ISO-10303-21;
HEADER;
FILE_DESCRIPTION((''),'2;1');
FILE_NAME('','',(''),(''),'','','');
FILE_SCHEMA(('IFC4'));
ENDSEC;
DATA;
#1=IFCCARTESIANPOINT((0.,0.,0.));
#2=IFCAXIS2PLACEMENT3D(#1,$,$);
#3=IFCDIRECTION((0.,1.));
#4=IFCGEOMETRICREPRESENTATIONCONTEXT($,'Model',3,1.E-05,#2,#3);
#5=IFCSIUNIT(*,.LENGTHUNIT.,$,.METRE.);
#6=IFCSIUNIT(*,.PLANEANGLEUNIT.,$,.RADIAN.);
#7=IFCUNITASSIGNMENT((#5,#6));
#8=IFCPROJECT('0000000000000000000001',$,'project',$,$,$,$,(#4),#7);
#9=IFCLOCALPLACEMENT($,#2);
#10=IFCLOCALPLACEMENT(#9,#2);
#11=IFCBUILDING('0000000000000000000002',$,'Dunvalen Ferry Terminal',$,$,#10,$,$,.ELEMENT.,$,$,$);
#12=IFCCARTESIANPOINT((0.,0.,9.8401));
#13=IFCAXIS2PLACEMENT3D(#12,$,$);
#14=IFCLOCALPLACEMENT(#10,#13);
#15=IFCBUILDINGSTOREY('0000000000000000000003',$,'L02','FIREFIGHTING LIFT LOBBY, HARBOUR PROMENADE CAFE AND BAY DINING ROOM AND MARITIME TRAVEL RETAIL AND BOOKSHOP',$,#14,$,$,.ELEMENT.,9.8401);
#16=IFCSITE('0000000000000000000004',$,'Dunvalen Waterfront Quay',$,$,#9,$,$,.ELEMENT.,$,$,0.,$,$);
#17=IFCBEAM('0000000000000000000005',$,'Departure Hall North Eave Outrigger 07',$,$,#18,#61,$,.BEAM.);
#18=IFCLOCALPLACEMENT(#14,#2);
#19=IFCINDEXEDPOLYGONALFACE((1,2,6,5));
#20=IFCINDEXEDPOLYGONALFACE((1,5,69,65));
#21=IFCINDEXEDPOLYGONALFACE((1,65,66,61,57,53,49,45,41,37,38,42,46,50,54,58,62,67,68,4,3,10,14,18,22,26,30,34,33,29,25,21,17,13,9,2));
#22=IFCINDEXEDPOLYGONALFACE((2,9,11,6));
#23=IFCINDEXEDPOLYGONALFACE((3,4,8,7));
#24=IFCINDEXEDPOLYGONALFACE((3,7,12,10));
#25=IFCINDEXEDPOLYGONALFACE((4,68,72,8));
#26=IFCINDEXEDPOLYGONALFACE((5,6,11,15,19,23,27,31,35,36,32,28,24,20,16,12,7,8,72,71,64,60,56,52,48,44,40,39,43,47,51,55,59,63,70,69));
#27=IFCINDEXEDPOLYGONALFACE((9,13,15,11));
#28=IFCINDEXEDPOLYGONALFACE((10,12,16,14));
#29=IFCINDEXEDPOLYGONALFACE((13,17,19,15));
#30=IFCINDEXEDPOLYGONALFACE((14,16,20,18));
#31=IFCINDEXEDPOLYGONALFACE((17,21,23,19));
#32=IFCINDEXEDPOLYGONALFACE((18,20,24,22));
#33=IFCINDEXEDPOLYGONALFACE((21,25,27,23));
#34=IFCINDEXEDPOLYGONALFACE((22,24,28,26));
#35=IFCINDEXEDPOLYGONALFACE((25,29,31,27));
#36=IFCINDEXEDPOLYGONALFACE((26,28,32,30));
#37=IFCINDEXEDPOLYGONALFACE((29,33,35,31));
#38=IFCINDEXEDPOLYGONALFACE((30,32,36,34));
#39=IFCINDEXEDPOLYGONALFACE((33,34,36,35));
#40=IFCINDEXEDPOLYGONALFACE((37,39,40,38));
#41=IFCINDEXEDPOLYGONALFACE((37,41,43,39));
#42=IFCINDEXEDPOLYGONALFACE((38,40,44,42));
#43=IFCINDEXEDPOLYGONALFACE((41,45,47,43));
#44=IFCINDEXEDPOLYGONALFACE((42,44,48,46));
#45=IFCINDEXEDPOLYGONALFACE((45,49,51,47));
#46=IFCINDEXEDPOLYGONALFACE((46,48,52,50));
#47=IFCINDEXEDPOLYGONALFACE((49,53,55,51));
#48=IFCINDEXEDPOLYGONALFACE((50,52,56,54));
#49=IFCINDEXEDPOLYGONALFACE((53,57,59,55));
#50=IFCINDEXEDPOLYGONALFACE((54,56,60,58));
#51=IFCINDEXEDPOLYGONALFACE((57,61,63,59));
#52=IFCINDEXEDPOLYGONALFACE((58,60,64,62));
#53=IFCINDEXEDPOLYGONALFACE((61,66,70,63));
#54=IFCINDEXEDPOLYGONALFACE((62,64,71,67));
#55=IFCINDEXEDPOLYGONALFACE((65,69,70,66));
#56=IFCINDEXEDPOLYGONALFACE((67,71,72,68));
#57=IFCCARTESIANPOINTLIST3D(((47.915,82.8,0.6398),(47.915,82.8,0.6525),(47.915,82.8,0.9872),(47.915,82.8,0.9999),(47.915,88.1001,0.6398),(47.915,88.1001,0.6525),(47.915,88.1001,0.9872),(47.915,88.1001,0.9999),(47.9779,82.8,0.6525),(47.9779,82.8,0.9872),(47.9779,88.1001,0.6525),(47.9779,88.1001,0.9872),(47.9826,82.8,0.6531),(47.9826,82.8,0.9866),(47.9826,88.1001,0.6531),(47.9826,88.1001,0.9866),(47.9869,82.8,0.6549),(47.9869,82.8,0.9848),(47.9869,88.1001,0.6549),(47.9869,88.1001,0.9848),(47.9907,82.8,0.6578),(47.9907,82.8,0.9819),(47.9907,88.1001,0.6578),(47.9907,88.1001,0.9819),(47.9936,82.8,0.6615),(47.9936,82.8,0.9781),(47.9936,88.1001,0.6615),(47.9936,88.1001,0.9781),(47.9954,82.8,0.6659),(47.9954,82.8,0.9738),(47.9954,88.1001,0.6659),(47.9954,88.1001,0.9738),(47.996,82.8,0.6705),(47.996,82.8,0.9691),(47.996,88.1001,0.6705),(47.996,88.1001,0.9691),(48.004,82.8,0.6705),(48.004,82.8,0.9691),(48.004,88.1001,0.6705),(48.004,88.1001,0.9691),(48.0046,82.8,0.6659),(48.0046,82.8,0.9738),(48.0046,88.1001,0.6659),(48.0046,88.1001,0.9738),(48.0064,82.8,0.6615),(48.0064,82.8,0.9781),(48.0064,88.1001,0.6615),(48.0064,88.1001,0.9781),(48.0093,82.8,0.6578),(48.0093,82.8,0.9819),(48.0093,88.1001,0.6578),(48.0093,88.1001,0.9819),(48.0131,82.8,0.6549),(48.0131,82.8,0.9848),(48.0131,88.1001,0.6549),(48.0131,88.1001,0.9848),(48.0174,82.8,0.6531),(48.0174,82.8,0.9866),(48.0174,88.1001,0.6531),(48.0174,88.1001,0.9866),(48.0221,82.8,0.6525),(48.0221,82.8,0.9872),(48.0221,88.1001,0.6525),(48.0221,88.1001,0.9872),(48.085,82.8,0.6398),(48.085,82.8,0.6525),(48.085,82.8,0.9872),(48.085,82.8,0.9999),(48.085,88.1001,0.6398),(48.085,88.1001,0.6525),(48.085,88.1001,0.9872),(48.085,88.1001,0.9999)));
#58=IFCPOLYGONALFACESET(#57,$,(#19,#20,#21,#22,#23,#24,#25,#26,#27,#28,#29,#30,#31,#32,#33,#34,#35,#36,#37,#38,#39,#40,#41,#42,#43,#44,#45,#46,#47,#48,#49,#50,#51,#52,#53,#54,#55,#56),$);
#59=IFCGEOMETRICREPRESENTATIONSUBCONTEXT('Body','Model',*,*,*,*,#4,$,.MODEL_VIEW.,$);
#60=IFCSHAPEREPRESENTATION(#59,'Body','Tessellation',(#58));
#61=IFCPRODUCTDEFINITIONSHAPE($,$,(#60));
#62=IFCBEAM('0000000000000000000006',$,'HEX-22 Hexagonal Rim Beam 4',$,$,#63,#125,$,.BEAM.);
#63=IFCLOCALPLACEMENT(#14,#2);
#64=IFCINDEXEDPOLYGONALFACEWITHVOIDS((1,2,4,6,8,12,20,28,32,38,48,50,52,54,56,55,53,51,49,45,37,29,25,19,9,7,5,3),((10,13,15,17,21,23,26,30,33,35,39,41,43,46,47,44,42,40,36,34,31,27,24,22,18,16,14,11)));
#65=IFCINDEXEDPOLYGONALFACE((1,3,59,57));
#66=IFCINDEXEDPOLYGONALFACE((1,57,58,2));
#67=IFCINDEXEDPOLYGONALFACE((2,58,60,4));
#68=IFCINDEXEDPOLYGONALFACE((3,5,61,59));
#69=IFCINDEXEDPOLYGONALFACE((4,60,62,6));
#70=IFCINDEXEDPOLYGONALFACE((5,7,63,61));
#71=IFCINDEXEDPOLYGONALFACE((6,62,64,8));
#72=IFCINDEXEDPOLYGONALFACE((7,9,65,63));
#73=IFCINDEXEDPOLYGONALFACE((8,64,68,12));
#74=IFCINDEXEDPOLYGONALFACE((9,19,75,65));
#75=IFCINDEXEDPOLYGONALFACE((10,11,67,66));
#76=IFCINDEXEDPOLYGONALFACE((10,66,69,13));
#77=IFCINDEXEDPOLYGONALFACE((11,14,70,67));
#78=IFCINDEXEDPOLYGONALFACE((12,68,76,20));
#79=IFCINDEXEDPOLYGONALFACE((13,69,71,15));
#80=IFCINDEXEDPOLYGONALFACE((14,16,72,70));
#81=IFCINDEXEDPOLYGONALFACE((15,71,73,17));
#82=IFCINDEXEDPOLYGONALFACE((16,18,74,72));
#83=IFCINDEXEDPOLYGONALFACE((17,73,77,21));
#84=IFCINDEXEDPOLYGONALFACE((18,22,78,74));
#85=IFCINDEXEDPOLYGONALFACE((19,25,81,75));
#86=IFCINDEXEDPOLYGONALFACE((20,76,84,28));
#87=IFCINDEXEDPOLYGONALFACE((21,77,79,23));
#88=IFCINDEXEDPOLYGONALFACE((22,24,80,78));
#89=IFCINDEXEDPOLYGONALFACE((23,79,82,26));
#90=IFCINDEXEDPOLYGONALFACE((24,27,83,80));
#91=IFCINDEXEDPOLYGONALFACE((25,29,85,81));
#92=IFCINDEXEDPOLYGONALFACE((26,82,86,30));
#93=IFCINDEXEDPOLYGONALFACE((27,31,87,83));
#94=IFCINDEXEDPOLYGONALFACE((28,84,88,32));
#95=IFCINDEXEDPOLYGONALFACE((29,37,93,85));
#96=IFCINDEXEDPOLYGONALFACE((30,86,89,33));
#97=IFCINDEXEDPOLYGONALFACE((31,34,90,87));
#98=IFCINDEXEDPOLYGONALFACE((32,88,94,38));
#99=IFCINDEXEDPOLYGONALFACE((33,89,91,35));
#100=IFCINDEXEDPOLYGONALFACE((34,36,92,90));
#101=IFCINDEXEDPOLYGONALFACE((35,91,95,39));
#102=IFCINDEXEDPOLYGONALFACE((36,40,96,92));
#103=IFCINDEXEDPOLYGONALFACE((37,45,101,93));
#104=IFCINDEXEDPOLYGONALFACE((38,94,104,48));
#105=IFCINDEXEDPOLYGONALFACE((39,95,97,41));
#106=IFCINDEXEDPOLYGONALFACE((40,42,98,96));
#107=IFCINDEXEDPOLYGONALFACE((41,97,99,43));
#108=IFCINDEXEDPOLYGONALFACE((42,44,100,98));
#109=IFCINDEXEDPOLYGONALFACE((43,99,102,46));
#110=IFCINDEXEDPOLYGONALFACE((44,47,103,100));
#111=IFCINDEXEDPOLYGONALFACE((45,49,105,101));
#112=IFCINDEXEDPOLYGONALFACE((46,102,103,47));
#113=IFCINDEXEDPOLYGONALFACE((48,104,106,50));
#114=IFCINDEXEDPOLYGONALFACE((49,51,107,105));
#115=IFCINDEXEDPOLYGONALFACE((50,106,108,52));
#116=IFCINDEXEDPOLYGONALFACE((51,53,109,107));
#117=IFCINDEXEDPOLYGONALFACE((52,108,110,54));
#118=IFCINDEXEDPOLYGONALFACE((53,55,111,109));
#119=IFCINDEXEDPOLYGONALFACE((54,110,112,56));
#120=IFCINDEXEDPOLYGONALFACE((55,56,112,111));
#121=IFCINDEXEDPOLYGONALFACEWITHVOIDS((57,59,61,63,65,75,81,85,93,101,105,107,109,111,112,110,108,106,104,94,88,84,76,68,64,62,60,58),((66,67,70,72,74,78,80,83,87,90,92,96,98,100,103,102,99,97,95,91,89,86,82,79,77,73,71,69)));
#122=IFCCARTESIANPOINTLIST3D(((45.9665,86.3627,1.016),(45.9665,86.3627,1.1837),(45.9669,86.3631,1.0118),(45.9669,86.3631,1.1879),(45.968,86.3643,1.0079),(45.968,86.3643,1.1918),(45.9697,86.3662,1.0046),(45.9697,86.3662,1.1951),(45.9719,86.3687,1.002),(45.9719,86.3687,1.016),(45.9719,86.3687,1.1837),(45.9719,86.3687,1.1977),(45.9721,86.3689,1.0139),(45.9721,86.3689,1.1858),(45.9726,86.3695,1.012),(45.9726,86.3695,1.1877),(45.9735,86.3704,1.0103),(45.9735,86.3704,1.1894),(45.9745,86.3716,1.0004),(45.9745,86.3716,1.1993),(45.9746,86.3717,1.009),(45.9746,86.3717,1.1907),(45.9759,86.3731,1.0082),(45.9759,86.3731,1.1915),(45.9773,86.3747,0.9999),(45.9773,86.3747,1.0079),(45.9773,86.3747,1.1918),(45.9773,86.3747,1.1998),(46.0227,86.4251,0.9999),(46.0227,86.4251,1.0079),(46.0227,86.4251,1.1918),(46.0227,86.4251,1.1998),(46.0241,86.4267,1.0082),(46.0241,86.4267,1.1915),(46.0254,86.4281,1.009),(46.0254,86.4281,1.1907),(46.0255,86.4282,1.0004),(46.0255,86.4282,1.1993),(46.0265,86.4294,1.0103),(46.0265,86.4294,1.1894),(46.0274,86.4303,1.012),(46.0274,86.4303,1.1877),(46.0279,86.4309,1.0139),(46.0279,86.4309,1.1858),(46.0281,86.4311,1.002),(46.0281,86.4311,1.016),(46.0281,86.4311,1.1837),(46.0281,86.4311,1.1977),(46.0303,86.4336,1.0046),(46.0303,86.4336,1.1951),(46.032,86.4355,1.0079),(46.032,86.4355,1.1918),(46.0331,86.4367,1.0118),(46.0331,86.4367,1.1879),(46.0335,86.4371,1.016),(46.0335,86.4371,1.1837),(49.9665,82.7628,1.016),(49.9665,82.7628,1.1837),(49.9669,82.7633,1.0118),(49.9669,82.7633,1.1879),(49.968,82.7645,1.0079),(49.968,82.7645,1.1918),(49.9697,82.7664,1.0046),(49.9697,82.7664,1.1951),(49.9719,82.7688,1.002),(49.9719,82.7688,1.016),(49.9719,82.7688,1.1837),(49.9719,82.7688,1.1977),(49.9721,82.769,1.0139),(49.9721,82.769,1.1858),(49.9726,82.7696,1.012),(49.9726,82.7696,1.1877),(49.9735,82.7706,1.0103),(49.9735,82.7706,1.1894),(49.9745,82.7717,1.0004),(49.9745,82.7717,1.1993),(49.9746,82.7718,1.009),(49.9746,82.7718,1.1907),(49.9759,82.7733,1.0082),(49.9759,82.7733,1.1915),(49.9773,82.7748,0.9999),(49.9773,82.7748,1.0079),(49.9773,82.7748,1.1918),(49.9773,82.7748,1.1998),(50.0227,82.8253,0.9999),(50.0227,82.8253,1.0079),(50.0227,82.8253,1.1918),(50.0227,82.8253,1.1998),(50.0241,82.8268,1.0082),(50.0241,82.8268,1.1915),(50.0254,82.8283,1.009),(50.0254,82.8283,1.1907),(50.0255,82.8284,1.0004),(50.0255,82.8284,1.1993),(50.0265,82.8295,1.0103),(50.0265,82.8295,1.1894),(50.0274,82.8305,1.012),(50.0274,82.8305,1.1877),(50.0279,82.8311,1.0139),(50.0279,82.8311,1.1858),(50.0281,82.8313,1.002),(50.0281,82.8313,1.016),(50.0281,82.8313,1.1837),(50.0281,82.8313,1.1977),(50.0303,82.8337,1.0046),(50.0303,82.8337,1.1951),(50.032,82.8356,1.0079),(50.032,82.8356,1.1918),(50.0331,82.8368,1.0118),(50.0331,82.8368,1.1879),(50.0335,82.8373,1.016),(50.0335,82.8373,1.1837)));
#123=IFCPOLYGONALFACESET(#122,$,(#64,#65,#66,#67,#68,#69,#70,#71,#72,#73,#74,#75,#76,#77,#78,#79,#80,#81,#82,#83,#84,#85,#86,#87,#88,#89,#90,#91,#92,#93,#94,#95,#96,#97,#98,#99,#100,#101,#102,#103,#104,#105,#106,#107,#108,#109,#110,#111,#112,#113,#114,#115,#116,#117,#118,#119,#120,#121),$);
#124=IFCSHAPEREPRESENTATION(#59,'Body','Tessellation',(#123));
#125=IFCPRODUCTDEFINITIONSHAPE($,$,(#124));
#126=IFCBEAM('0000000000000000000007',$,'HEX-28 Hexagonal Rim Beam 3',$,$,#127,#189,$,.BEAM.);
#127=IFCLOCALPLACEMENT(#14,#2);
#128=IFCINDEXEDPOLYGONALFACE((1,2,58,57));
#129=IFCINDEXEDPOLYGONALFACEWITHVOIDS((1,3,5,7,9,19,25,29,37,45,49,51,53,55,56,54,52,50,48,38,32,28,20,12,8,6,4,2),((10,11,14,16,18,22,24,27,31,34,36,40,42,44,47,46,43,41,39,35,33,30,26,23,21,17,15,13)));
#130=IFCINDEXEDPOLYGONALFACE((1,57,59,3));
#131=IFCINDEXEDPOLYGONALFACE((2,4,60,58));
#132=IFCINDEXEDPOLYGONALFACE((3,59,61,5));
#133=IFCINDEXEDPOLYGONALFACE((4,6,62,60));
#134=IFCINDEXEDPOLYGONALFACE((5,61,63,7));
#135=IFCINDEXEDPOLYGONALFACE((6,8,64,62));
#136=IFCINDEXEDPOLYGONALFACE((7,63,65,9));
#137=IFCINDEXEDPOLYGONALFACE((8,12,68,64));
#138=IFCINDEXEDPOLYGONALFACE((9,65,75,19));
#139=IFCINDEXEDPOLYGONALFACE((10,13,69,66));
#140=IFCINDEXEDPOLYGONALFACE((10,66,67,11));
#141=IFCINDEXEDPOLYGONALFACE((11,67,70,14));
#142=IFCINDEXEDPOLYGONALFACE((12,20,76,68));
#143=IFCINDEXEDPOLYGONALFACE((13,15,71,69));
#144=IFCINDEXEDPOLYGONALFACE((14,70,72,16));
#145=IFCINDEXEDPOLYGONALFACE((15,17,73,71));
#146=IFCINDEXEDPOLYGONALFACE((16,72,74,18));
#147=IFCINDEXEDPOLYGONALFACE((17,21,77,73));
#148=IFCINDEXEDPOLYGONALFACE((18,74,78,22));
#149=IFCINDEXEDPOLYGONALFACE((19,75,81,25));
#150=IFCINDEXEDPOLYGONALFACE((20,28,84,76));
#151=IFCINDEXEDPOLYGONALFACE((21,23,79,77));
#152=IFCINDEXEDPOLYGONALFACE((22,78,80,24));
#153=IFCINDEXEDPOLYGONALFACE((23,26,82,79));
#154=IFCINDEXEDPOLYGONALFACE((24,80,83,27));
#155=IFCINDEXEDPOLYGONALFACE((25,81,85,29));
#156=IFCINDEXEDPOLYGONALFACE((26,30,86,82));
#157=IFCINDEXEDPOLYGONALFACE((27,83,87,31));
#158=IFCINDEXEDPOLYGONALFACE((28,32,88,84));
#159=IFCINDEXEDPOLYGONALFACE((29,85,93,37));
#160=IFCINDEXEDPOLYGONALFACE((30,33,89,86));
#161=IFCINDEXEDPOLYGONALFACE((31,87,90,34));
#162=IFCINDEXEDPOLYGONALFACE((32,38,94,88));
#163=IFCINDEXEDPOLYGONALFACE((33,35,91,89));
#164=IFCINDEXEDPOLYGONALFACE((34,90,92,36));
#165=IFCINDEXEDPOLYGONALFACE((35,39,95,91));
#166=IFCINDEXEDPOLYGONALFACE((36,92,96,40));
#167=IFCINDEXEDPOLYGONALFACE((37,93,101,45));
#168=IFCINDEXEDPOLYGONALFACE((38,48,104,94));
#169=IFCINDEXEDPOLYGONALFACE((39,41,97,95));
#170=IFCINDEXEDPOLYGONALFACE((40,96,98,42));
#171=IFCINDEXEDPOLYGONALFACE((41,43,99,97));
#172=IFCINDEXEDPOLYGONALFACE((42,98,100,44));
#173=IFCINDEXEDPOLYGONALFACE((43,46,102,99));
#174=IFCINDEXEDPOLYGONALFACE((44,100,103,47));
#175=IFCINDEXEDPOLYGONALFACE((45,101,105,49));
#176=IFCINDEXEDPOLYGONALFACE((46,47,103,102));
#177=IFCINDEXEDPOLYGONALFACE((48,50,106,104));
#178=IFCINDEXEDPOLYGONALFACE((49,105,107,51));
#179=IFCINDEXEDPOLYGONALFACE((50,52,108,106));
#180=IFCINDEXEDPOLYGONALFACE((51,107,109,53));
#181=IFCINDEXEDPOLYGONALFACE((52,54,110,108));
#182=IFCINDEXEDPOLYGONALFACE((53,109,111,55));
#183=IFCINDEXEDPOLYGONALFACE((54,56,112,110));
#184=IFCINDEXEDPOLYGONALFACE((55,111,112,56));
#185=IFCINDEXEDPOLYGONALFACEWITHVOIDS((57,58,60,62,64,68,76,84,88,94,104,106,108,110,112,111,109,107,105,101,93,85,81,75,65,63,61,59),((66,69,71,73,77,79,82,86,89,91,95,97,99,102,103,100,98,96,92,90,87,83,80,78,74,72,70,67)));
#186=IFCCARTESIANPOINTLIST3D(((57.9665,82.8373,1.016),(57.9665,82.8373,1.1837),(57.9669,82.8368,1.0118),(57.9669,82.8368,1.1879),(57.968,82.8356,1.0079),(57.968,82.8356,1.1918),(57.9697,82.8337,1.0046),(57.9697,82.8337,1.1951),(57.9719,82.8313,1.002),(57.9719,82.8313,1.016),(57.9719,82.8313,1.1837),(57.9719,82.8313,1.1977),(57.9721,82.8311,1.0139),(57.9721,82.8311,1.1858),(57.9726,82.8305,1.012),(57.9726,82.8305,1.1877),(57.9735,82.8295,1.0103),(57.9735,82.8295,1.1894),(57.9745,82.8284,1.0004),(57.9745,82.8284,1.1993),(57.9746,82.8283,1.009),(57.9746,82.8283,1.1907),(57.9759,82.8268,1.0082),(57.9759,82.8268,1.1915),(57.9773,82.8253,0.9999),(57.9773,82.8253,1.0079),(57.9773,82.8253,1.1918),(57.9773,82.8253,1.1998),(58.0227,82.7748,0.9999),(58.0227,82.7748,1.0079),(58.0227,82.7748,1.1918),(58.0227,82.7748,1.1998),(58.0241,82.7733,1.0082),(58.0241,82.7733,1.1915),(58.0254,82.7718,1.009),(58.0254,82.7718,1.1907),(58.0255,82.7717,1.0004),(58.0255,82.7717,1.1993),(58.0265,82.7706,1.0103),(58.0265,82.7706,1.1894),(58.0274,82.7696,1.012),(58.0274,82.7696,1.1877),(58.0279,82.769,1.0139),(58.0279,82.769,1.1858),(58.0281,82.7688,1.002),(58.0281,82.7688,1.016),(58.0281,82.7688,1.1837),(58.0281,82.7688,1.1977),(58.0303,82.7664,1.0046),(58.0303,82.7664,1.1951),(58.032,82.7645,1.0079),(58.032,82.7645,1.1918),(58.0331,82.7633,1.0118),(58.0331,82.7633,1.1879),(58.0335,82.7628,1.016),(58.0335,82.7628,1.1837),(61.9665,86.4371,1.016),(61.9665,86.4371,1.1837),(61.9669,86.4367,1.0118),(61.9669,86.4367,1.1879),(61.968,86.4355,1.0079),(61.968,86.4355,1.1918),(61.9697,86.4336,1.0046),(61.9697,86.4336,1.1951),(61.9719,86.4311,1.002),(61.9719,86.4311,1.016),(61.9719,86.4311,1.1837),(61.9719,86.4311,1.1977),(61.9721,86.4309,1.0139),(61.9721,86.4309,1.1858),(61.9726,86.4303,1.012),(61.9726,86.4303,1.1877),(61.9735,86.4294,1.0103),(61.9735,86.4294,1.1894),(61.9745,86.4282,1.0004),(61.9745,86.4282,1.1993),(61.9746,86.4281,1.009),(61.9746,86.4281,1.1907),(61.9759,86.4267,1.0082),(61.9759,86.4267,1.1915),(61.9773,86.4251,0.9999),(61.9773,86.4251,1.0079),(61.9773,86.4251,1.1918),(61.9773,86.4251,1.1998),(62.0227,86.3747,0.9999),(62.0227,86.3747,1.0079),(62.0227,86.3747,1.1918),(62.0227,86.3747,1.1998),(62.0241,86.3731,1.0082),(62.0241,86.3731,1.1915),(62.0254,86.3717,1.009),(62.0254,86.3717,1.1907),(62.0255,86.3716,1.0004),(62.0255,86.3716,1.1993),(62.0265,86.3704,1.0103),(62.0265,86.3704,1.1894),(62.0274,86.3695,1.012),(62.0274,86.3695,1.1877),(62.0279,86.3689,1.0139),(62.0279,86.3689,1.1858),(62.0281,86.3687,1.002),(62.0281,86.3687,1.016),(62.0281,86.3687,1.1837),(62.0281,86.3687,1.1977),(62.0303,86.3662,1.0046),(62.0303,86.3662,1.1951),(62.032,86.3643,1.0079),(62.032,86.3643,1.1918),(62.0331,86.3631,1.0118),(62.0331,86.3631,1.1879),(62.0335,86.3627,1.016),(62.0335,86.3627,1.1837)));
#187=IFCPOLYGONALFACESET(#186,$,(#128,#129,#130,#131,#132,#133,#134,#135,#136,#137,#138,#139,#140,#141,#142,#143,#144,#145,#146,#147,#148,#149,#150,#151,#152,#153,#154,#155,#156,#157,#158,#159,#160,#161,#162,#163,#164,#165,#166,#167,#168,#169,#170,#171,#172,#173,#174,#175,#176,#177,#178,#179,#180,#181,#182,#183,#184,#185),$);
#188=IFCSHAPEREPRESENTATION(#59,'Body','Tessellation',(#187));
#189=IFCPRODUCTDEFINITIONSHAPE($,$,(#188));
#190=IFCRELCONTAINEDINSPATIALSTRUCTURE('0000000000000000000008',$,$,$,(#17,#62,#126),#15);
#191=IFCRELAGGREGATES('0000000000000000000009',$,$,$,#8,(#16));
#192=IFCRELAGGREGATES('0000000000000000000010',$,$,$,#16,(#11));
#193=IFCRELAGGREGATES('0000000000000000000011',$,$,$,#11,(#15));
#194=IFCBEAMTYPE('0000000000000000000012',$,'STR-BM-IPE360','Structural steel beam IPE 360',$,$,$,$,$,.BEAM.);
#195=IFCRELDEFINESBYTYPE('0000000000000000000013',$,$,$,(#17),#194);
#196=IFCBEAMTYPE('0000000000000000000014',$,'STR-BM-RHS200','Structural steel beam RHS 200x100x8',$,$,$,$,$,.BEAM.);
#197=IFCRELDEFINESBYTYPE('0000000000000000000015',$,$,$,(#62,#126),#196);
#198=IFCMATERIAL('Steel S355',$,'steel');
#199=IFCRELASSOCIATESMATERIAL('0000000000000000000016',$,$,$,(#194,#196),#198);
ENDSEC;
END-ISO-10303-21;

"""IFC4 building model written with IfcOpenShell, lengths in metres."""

from ifc_helpers import new_model, si_unit, direction, frame, origin, origin_2d, place, context, subcontext, project, spatial, hollow_rectangle, i_section, extrude, material, material_profile, profile_set, type_object, element, save


model = new_model("IFC4")

# Units and contexts
model_context = context("Model", 3, precision=1e-05, world=origin(), true_north=direction((0.0, 1.0)))
body_context = subcontext(model_context, "Body", "Model", "MODEL_VIEW")
ifc_project = project(units=[si_unit("LENGTHUNIT", "METRE"), si_unit("PLANEANGLEUNIT", "RADIAN")], contexts=[model_context])

# Site, building, storey
site_placement = place(None, origin())
site = spatial("IfcSite", under=ifc_project, at=site_placement, Name="Dunvalen Waterfront Quay", CompositionType="ELEMENT", RefElevation=0.0)
building_placement = place(site_placement, origin())
building = spatial("IfcBuilding", under=site, at=building_placement, Name="Dunvalen Ferry Terminal", CompositionType="ELEMENT")
storey_placement = place(building_placement, frame((0.0, 0.0, 9.8401)))
storey = spatial("IfcBuildingStorey", under=building, at=storey_placement, Name="L02", Description="FIREFIGHTING LIFT LOBBY, HARBOUR PROMENADE CAFE AND BAY DINING ROOM AND MARITIME TRAVEL RETAIL AND BOOKSHOP", CompositionType="ELEMENT", Elevation=9.8401)

# Beams
ifc_material_1 = material(Name="Steel S355", Category="steel")
ifc_material_profile_1 = material_profile(ifc_material_1, i_section(OverallWidth=0.1699, OverallDepth=0.3601, WebThickness=0.0081, FlangeThickness=0.0127, FilletRadius=0.0181, at=origin_2d()), Name="Steel S355")
ifc_profile_set_1 = profile_set([ifc_material_profile_1], Name="Steel S355")
beam_type_1 = type_object("IfcBeamType", Name="STR-BM-IPE360", Description="Structural steel beam IPE 360", PredefinedType="BEAM", material=ifc_profile_set_1)
beam_1_placement = place(storey_placement, frame((48.0, 82.8, 0.8198), z_axis=(0.0, 1.0, 0.0), x_axis=(-1.0, 0.0, 0.0)))
element("IfcBeam", 1, at=beam_1_placement, inside=storey, type_object=beam_type_1, Name="Departure Hall North Eave Outrigger 07", PredefinedType="BEAM", context=body_context, shape_type="SweptSolid", body=[
    extrude(i_section(OverallWidth=0.1699, OverallDepth=0.3601, WebThickness=0.0081, FlangeThickness=0.0127, FilletRadius=0.0181, at=origin_2d()), origin(), (0.0, 0.0, 1.0), 5.3),
])
ifc_material_profile_2 = material_profile(ifc_material_1, hollow_rectangle(XDim=0.1001, YDim=0.2, WallThickness=0.0081, InnerFilletRadius=0.0081, OuterFilletRadius=0.0161, at=origin_2d()), Name="Steel S355")
ifc_profile_set_2 = profile_set([ifc_material_profile_2], Name="Steel S355")
beam_type_2 = type_object("IfcBeamType", Name="STR-BM-RHS200", Description="Structural steel beam RHS 200x100x8", PredefinedType="BEAM", material=ifc_profile_set_2)
for number, where, z_axis, x_axis, name in (
    (2, (50.0, 82.8, 1.0999), (-0.743308, 0.66895, 0.0), (-0.66895, -0.743308, 0.0), "HEX-22 Hexagonal Rim Beam 4"),
    (3, (58.0, 82.8, 1.0999), (0.743308, 0.66895, 0.0), (-0.66895, 0.743308, 0.0), "HEX-28 Hexagonal Rim Beam 3"),
):
    element("IfcBeam", number, at=place(storey_placement, frame(where, z_axis=z_axis, x_axis=x_axis)), inside=storey, type_object=beam_type_2, Name=name, PredefinedType="BEAM", context=body_context, shape_type="SweptSolid", body=[
        extrude(hollow_rectangle(XDim=0.1001, YDim=0.2, WallThickness=0.0081, InnerFilletRadius=0.0081, OuterFilletRadius=0.0161, at=origin_2d()), origin(), (0.0, 0.0, 1.0), 5.3813),
    ])

save(model, "model.ifc")
